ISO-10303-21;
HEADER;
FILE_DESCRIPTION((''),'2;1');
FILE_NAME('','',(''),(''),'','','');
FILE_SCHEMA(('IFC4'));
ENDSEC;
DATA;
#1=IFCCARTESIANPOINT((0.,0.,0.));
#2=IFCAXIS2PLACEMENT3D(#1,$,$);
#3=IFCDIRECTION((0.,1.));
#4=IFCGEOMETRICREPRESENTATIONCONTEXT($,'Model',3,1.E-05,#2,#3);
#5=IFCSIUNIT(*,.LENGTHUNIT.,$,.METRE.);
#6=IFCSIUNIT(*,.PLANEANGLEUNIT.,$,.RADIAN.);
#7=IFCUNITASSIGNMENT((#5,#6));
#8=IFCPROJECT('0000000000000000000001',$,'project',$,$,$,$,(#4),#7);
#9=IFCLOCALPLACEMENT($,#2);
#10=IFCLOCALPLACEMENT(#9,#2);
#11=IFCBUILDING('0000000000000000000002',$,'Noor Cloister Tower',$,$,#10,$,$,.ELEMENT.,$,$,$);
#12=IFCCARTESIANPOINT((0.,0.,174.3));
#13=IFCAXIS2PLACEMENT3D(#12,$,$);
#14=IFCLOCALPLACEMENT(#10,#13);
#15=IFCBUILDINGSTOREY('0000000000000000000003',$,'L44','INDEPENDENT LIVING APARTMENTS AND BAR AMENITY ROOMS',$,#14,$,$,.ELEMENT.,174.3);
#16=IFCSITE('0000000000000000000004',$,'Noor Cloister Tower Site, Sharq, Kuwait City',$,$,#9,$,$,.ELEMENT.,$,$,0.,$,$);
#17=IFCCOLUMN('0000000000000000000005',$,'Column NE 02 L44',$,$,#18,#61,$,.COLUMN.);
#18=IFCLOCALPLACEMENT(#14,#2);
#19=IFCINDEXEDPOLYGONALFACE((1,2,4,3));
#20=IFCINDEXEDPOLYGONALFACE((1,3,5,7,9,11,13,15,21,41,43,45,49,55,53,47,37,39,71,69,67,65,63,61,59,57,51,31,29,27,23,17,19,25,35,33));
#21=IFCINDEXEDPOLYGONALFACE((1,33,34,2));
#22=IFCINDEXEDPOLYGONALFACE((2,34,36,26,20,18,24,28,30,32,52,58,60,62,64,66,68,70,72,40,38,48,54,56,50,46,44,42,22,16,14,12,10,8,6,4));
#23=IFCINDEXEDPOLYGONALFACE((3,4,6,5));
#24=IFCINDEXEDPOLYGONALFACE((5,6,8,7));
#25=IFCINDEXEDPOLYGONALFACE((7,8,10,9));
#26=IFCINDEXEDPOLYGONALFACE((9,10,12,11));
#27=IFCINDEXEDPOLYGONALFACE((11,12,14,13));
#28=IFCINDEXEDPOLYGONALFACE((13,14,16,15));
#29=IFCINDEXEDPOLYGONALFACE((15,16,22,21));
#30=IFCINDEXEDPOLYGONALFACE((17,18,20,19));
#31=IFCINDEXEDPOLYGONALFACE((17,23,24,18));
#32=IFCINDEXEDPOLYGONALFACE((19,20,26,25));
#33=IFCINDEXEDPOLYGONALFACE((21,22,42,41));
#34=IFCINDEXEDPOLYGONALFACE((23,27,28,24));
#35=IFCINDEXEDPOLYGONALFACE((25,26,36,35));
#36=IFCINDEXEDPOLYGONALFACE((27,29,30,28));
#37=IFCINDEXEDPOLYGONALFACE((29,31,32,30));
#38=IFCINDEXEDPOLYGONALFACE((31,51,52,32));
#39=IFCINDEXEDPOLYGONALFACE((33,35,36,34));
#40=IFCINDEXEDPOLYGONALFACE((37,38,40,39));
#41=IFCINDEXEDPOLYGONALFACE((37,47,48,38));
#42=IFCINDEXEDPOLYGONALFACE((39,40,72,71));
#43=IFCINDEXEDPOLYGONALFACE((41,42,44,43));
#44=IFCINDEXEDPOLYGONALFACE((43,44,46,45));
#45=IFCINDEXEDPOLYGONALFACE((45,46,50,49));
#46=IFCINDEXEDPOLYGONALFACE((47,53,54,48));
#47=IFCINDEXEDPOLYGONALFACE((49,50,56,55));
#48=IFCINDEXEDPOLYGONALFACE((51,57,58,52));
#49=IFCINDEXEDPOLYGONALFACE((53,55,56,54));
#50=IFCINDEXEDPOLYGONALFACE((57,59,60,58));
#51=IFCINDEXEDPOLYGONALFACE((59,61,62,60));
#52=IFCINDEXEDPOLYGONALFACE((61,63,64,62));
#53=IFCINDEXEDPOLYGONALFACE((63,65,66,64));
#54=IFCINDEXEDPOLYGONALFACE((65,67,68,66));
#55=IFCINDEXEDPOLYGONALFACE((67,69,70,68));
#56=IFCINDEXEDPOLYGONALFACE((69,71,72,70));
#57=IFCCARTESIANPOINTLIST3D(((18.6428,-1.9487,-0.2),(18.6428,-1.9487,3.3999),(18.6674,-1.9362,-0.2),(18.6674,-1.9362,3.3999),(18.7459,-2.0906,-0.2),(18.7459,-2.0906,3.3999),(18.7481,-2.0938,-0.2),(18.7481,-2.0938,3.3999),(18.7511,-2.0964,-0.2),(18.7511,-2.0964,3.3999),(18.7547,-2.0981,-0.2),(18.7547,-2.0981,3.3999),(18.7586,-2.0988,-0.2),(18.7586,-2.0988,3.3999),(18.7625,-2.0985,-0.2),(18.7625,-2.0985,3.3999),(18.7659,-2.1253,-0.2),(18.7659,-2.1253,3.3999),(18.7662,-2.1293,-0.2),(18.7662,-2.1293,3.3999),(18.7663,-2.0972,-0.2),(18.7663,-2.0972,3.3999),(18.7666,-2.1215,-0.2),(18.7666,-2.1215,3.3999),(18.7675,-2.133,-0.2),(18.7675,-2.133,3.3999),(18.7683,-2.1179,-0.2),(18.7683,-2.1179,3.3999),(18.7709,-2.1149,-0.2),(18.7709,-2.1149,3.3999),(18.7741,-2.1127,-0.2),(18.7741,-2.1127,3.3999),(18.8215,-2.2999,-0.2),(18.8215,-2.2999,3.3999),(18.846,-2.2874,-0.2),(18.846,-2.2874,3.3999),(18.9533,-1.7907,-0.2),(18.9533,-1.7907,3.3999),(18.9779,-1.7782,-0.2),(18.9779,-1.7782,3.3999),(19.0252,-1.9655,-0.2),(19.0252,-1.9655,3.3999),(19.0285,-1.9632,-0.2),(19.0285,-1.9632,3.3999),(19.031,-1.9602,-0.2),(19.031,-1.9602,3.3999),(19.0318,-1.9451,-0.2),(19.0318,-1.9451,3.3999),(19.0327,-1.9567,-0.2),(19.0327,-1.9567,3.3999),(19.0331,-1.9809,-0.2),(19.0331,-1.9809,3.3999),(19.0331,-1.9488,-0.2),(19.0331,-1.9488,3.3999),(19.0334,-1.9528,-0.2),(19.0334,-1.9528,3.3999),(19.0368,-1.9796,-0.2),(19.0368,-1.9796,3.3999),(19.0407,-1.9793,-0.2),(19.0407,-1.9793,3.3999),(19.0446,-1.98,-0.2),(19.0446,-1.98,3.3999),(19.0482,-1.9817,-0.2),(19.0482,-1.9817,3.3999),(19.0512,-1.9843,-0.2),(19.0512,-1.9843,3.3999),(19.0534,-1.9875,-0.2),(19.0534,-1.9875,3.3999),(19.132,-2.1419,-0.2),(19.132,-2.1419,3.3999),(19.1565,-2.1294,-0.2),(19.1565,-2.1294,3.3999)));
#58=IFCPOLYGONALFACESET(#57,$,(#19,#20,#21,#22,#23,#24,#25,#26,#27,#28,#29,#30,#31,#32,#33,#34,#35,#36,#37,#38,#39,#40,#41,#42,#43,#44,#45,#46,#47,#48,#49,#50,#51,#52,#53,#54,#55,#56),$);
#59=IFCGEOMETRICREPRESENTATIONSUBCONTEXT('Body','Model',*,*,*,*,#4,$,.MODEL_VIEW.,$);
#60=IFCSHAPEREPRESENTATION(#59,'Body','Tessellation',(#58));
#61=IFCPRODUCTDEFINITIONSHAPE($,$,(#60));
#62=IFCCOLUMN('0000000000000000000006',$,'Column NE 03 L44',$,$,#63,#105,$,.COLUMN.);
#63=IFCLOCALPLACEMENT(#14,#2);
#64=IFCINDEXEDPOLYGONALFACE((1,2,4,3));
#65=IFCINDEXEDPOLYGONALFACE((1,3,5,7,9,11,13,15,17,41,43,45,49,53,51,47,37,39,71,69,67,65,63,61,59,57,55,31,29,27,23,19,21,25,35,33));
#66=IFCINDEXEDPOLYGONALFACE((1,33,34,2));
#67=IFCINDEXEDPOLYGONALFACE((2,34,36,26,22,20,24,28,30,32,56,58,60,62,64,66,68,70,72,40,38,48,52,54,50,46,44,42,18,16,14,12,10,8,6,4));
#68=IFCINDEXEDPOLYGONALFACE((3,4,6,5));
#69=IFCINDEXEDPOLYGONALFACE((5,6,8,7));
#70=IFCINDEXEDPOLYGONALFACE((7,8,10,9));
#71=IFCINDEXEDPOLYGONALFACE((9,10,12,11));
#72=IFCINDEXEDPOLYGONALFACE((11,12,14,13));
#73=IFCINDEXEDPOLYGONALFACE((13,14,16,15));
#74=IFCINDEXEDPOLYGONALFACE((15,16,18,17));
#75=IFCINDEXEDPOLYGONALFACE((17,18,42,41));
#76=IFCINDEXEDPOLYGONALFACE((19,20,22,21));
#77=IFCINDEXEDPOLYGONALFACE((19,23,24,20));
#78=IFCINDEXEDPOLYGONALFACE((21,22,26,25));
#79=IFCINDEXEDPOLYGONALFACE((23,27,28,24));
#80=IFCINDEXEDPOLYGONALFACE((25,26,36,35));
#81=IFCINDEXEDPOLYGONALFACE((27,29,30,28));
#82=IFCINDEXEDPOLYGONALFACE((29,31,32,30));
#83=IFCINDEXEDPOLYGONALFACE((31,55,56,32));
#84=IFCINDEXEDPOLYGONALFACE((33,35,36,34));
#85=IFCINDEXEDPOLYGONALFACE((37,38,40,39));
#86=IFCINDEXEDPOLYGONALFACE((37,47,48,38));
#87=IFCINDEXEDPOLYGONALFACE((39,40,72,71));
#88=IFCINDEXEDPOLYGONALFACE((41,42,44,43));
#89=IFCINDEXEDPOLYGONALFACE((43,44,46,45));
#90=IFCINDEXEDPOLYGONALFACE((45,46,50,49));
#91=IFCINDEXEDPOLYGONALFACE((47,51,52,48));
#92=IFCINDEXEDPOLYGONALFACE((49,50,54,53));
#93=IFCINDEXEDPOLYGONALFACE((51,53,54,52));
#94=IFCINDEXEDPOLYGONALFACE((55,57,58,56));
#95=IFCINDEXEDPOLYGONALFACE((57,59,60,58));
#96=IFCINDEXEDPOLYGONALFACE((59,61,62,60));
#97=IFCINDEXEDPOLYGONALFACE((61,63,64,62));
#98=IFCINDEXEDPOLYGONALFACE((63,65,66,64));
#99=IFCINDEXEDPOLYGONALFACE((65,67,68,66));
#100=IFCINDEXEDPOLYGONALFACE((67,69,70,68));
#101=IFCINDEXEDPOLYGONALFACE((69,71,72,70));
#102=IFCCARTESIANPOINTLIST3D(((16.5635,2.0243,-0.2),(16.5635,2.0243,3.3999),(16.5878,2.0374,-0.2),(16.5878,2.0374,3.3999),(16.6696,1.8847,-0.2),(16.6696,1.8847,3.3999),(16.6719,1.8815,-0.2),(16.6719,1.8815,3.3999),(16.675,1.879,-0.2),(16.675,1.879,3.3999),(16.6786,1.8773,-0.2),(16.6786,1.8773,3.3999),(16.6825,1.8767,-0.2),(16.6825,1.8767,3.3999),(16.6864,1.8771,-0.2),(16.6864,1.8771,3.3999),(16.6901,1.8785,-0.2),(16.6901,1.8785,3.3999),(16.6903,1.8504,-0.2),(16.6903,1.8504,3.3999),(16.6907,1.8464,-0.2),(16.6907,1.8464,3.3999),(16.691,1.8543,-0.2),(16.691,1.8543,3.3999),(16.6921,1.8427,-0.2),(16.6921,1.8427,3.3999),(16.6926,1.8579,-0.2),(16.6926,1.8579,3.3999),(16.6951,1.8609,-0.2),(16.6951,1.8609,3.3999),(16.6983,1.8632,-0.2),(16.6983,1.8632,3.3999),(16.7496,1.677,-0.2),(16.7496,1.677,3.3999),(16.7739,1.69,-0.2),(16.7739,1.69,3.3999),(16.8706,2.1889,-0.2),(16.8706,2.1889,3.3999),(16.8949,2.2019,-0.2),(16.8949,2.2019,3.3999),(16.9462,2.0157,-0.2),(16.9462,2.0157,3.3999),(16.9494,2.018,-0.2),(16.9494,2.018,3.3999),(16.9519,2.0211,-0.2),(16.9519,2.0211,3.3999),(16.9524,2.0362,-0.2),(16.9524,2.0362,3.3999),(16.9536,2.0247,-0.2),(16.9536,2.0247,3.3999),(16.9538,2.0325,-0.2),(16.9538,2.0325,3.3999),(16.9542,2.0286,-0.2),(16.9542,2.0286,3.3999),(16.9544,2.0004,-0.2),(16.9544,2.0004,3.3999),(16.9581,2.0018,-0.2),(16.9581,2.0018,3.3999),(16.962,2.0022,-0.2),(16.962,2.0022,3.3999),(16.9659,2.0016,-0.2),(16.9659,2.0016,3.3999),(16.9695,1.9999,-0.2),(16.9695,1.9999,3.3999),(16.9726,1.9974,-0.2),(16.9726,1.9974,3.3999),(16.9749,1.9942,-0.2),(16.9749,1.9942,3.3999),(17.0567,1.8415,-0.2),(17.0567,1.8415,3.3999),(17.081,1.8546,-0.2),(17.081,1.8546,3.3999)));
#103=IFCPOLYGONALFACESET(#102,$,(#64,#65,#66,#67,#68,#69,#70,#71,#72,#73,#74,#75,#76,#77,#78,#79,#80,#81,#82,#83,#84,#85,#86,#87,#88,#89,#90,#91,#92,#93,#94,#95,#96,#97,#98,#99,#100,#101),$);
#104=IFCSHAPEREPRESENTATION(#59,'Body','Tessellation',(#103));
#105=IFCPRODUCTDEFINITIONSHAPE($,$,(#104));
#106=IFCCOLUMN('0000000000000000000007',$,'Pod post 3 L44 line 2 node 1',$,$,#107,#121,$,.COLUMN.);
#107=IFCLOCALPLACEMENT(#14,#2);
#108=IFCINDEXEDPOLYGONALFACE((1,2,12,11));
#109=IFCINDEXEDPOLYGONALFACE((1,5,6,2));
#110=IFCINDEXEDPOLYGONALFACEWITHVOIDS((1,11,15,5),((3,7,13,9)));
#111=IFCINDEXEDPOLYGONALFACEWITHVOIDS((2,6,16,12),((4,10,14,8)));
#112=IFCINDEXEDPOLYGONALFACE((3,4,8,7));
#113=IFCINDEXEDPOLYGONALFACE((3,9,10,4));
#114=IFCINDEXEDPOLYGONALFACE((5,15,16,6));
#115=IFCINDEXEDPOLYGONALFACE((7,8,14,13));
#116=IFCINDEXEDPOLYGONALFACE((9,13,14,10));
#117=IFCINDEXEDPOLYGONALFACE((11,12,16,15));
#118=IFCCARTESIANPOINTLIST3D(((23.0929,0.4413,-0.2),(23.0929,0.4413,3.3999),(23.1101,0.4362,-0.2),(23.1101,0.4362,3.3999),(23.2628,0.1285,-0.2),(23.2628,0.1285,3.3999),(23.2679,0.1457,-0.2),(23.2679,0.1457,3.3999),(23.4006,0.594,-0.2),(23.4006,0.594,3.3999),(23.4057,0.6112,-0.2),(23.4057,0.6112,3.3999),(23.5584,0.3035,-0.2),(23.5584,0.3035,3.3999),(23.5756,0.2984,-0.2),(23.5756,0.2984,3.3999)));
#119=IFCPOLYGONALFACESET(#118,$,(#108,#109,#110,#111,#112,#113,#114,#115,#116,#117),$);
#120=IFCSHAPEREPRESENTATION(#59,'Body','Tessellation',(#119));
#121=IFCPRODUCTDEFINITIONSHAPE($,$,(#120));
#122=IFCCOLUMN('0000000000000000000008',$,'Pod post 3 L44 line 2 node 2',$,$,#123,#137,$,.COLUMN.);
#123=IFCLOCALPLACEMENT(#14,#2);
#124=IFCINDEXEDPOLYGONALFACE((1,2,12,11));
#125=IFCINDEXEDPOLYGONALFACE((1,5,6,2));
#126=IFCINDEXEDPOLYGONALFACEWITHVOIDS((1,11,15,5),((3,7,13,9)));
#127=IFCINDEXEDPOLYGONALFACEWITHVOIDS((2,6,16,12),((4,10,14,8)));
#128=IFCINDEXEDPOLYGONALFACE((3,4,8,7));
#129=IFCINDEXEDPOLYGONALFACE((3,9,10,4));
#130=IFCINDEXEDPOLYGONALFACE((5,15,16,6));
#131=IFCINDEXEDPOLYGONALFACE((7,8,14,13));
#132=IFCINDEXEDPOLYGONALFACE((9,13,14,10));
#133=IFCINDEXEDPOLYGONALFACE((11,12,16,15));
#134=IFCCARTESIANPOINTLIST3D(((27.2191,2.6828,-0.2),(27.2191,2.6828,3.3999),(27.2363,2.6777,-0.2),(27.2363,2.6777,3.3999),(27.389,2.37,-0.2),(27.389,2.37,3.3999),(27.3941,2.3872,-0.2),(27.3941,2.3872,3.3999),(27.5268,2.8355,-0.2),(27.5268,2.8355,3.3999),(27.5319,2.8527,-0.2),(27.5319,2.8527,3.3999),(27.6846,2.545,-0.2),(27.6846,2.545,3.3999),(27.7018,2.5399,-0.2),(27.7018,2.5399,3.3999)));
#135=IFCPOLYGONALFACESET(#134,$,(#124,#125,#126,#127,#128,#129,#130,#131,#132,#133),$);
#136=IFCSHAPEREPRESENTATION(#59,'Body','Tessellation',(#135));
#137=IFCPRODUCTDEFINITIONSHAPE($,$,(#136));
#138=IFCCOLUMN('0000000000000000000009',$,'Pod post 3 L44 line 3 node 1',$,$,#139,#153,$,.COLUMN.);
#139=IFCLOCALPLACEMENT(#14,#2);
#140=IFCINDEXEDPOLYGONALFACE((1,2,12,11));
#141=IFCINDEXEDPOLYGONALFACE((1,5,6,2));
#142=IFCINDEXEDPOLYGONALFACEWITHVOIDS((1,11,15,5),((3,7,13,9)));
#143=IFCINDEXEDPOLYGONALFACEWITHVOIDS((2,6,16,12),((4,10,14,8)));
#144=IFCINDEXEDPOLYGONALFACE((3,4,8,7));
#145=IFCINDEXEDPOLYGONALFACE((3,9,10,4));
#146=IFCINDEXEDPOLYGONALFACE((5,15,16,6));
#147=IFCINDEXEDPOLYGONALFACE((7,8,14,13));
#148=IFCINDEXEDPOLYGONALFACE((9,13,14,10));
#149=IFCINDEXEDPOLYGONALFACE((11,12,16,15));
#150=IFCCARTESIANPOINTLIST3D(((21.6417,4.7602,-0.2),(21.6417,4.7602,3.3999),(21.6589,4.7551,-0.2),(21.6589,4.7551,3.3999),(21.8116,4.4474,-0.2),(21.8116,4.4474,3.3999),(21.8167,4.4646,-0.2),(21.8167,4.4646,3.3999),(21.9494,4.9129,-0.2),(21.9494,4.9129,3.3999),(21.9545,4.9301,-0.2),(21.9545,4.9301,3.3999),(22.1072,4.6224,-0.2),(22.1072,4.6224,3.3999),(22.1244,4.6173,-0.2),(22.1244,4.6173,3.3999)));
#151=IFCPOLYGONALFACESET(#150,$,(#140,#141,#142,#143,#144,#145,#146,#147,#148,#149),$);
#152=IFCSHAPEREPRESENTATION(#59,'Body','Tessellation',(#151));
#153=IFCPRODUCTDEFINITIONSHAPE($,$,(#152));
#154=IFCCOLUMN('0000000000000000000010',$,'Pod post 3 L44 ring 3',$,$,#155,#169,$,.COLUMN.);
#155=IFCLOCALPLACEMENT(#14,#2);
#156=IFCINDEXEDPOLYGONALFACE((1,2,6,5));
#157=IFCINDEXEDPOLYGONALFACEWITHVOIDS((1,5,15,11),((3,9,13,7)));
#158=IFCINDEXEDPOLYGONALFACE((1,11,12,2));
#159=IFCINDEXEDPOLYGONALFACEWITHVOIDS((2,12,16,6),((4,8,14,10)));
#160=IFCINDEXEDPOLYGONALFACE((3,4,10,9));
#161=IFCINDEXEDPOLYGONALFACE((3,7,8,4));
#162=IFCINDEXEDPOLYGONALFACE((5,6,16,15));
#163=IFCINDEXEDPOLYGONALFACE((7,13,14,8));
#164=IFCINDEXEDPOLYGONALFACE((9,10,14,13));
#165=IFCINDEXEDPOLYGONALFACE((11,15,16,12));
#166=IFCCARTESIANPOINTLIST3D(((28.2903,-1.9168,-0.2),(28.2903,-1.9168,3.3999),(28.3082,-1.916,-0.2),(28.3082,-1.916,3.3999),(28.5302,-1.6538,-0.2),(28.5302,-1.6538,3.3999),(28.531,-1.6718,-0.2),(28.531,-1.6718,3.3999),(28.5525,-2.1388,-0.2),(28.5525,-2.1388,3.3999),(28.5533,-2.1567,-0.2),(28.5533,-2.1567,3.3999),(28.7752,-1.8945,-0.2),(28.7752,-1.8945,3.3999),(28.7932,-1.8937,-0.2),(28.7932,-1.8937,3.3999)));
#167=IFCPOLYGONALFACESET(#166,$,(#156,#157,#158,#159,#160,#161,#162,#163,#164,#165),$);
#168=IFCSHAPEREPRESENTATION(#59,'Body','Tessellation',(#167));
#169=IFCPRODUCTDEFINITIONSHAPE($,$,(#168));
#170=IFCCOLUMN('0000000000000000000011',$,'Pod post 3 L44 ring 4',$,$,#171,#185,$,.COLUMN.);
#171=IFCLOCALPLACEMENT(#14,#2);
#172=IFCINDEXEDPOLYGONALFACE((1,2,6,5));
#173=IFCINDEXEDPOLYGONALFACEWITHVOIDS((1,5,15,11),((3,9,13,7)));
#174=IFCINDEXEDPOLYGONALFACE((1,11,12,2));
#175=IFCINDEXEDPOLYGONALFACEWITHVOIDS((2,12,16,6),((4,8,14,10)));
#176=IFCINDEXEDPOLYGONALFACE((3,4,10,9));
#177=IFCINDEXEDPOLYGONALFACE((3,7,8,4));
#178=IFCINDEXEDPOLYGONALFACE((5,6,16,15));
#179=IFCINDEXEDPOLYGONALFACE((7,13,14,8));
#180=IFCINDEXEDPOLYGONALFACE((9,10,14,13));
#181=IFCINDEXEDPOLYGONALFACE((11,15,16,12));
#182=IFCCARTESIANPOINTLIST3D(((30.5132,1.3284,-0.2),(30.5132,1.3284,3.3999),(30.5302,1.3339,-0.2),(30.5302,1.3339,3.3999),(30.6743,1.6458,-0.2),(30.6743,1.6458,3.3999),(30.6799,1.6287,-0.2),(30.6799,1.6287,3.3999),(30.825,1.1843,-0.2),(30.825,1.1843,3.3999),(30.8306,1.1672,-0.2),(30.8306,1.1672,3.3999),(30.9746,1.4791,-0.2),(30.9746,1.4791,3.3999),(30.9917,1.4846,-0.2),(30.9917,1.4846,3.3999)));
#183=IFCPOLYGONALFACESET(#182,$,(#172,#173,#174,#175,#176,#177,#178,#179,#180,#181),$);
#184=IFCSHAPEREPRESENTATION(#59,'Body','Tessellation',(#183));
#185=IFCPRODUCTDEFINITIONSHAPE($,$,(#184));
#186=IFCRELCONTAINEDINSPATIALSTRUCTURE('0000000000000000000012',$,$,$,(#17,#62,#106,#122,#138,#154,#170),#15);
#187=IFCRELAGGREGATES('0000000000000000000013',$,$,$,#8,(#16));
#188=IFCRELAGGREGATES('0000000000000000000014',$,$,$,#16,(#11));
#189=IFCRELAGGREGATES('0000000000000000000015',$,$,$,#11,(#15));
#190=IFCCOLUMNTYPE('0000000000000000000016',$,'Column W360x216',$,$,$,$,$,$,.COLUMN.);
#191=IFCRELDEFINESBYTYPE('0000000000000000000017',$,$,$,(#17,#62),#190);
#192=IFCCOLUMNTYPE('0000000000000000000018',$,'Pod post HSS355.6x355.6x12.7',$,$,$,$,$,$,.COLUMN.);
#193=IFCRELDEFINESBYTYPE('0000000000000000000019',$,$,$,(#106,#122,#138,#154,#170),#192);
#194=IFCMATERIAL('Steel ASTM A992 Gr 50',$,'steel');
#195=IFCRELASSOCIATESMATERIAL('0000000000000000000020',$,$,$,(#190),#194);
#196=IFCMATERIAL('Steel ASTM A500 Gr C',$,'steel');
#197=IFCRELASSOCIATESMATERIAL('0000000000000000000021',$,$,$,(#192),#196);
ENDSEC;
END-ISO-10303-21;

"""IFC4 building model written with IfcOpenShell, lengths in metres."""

from ifc_helpers import new_model, si_unit, direction, frame, origin, origin_2d, place, context, subcontext, project, spatial, hollow_rectangle, i_section, extrude, material, material_profile, profile_set, type_object, element, save


model = new_model("IFC4")

# Units and contexts
model_context = context("Model", 3, precision=1e-05, world=origin(), true_north=direction((0.0, 1.0)))
body_context = subcontext(model_context, "Body", "Model", "MODEL_VIEW")
ifc_project = project(units=[si_unit("LENGTHUNIT", "METRE"), si_unit("PLANEANGLEUNIT", "RADIAN")], contexts=[model_context])

# Site, building, storey
site_placement = place(None, origin())
site = spatial("IfcSite", under=ifc_project, at=site_placement, Name="Noor Cloister Tower Site, Sharq, Kuwait City", CompositionType="ELEMENT", RefElevation=0.0)
building_placement = place(site_placement, origin())
building = spatial("IfcBuilding", under=site, at=building_placement, Name="Noor Cloister Tower", CompositionType="ELEMENT")
storey_placement = place(building_placement, frame((0.0, 0.0, 174.3)))
storey = spatial("IfcBuildingStorey", under=building, at=storey_placement, Name="L44", Description="INDEPENDENT LIVING APARTMENTS AND BAR AMENITY ROOMS", CompositionType="ELEMENT", Elevation=174.3)

# Columns
ifc_material_1 = material(Name="Steel ASTM A992 Gr 50", Category="steel")
ifc_material_profile_1 = material_profile(ifc_material_1, i_section(OverallWidth=0.394, OverallDepth=0.376, WebThickness=0.0173, FlangeThickness=0.0276, FilletRadius=0.0151, at=origin_2d()), Name="W360x216")
ifc_profile_set_1 = profile_set([ifc_material_profile_1], Name="Steel ASTM A992 Gr 50")
column_type_1 = type_object("IfcColumnType", Name="Column W360x216", PredefinedType="COLUMN", material=ifc_profile_set_1)
for number, where, z_axis, x_axis, name in (
    (1, (18.8997, -2.0391, -0.2), (0.0, 0.0, 1.0), (-0.453461, 0.891276, 0.0), "Column NE 02 L44"),
    (2, (16.8223, 1.9395, -0.2), (0.0, 0.0, 1.0), (-0.472237, 0.881472, 0.0), "Column NE 03 L44"),
):
    element("IfcColumn", number, at=place(storey_placement, frame(where, z_axis=z_axis, x_axis=x_axis)), inside=storey, type_object=column_type_1, Name=name, PredefinedType="COLUMN", context=body_context, shape_type="SweptSolid", body=[
        extrude(i_section(OverallWidth=0.394, OverallDepth=0.376, WebThickness=0.0173, FlangeThickness=0.0276, FilletRadius=0.0151, at=origin_2d()), origin(), (0.0, 0.0, 1.0), 3.5999),
    ])
ifc_material_2 = material(Name="Steel ASTM A500 Gr C", Category="steel")
ifc_material_profile_2 = material_profile(ifc_material_2, hollow_rectangle(XDim=0.356, YDim=0.356, WallThickness=0.0127, at=origin_2d()), Name="HSS355.6x355.6x12.7")
ifc_profile_set_2 = profile_set([ifc_material_profile_2], Name="Steel ASTM A500 Gr C")
column_type_2 = type_object("IfcColumnType", Name="Pod post HSS355.6x355.6x12.7", PredefinedType="COLUMN", material=ifc_profile_set_2)
for number, where, z_axis, x_axis, name in (
    (3, (23.3342, 0.3699, -0.2), (0.0, 0.0, 1.0), (0.878722, 0.477334, 0.0), "Pod post 3 L44 line 2 node 1"),
    (4, (27.4604, 2.6113, -0.2), (0.0, 0.0, 1.0), (0.878722, 0.477334, 0.0), "Pod post 3 L44 line 2 node 2"),
    (5, (21.8831, 4.6887, -0.2), (0.0, 0.0, 1.0), (0.878722, 0.477334, 0.0), "Pod post 3 L44 line 3 node 1"),
    (6, (28.5417, -1.9053, -0.2), (0.0, 0.0, 1.0), (0.673878, 0.738843, 0.0), "Pod post 3 L44 ring 3"),
    (7, (30.7524, 1.4065, -0.2), (0.0, 0.0, 1.0), (0.452689, 0.891669, 0.0), "Pod post 3 L44 ring 4"),
):
    element("IfcColumn", number, at=place(storey_placement, frame(where, z_axis=z_axis, x_axis=x_axis)), inside=storey, type_object=column_type_2, Name=name, PredefinedType="COLUMN", context=body_context, shape_type="SweptSolid", body=[
        extrude(hollow_rectangle(XDim=0.356, YDim=0.356, WallThickness=0.0127, at=origin_2d()), origin(), (0.0, 0.0, 1.0), 3.5999),
    ])

save(model, "model.ifc")
